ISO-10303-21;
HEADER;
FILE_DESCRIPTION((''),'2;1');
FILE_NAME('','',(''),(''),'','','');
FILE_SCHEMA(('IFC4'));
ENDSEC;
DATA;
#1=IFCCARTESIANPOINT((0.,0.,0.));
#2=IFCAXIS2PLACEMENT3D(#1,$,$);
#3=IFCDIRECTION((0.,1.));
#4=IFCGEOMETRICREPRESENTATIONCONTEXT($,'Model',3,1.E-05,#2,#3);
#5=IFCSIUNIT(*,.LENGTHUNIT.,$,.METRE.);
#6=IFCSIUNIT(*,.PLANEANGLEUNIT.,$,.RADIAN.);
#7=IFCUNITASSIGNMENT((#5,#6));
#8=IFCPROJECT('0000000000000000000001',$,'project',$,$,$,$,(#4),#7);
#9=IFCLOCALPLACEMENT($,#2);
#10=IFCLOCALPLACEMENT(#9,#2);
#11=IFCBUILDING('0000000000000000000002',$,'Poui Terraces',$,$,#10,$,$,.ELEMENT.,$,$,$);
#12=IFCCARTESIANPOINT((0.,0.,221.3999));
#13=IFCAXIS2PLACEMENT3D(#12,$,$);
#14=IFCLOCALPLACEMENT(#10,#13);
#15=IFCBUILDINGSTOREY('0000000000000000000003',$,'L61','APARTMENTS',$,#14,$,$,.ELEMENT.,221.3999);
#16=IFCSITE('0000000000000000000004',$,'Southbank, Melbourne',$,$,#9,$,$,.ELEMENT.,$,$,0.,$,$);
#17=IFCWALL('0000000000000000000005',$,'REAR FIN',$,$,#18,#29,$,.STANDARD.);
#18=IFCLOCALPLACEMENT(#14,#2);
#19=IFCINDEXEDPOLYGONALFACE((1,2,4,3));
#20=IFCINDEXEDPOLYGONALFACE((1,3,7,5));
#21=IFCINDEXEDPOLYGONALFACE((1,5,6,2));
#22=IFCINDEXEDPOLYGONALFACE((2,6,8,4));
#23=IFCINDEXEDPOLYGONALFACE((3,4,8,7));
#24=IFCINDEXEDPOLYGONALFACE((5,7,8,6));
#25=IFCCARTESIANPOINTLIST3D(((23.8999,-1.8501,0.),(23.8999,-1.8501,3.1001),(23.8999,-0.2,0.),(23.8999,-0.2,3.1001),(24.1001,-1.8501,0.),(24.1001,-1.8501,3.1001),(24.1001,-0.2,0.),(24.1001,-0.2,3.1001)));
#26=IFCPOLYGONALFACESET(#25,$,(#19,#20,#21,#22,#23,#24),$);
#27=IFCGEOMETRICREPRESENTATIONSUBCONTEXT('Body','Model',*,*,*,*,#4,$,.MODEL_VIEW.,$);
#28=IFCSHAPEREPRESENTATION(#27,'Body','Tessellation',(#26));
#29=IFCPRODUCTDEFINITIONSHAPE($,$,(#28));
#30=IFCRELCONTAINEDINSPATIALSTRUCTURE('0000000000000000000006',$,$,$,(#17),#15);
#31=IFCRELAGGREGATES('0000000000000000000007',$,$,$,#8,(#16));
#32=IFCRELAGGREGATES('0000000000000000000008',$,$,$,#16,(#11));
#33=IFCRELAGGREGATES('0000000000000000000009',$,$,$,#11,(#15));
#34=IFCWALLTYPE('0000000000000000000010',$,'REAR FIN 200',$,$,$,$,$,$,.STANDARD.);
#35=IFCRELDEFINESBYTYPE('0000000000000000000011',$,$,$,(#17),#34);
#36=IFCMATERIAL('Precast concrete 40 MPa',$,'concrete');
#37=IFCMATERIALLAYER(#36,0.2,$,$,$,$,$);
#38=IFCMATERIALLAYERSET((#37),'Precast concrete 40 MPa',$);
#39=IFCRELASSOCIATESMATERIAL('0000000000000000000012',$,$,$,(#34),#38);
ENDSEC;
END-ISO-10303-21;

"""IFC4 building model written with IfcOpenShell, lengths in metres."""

from ifc_helpers import new_model, si_unit, direction, frame, origin, place, context, subcontext, project, spatial, polyline, outline, extrude, source, transform, mapped, material, layer, layer_set, type_object, element, save


model = new_model("IFC4")

# Units and contexts
model_context = context("Model", 3, precision=1e-05, world=origin(), true_north=direction((0.0, 1.0)))
body_context = subcontext(model_context, "Body", "Model", "MODEL_VIEW")
ifc_project = project(units=[si_unit("LENGTHUNIT", "METRE"), si_unit("PLANEANGLEUNIT", "RADIAN")], contexts=[model_context])

# Site, building, storey
site_placement = place(None, origin())
site = spatial("IfcSite", under=ifc_project, at=site_placement, Name="Southbank, Melbourne", CompositionType="ELEMENT", RefElevation=0.0)
building_placement = place(site_placement, origin())
building = spatial("IfcBuilding", under=site, at=building_placement, Name="Poui Terraces", CompositionType="ELEMENT")
storey_placement = place(building_placement, frame((0.0, 0.0, 221.3999)))
storey = spatial("IfcBuildingStorey", under=building, at=storey_placement, Name="L61", Description="APARTMENTS", CompositionType="ELEMENT", Elevation=221.3999)

# Wall
ifc_material = material(Name="Precast concrete 40 MPa", Category="concrete")
ifc_layer = layer(ifc_material, 0.2)
ifc_layer_set = layer_set([ifc_layer], Name="Precast concrete 40 MPa")
wall_type = type_object("IfcWallType", Name="REAR FIN 200", PredefinedType="STANDARD", material=ifc_layer_set)
shared_shape = source(origin(), body_context, "Body", "SweptSolid", [
    extrude(outline(polyline([(0.0, 0.0), (0.2002, 0.0), (0.2002, 1.6501), (0.0, 1.6501), (0.0, 0.0)])), origin(), (0.0, 0.0, 1.0), 3.1001),
])
wall_placement = place(storey_placement, frame((23.8999, -1.8501, 0.0)))
element("IfcWall", 1, at=wall_placement, inside=storey, type_object=wall_type, Name="REAR FIN", PredefinedType="STANDARD", context=body_context, shape_type="MappedRepresentation", body=[
    mapped(shared_shape, transform((0.0, 0.0, 0.0))),
])

save(model, "model.ifc")
